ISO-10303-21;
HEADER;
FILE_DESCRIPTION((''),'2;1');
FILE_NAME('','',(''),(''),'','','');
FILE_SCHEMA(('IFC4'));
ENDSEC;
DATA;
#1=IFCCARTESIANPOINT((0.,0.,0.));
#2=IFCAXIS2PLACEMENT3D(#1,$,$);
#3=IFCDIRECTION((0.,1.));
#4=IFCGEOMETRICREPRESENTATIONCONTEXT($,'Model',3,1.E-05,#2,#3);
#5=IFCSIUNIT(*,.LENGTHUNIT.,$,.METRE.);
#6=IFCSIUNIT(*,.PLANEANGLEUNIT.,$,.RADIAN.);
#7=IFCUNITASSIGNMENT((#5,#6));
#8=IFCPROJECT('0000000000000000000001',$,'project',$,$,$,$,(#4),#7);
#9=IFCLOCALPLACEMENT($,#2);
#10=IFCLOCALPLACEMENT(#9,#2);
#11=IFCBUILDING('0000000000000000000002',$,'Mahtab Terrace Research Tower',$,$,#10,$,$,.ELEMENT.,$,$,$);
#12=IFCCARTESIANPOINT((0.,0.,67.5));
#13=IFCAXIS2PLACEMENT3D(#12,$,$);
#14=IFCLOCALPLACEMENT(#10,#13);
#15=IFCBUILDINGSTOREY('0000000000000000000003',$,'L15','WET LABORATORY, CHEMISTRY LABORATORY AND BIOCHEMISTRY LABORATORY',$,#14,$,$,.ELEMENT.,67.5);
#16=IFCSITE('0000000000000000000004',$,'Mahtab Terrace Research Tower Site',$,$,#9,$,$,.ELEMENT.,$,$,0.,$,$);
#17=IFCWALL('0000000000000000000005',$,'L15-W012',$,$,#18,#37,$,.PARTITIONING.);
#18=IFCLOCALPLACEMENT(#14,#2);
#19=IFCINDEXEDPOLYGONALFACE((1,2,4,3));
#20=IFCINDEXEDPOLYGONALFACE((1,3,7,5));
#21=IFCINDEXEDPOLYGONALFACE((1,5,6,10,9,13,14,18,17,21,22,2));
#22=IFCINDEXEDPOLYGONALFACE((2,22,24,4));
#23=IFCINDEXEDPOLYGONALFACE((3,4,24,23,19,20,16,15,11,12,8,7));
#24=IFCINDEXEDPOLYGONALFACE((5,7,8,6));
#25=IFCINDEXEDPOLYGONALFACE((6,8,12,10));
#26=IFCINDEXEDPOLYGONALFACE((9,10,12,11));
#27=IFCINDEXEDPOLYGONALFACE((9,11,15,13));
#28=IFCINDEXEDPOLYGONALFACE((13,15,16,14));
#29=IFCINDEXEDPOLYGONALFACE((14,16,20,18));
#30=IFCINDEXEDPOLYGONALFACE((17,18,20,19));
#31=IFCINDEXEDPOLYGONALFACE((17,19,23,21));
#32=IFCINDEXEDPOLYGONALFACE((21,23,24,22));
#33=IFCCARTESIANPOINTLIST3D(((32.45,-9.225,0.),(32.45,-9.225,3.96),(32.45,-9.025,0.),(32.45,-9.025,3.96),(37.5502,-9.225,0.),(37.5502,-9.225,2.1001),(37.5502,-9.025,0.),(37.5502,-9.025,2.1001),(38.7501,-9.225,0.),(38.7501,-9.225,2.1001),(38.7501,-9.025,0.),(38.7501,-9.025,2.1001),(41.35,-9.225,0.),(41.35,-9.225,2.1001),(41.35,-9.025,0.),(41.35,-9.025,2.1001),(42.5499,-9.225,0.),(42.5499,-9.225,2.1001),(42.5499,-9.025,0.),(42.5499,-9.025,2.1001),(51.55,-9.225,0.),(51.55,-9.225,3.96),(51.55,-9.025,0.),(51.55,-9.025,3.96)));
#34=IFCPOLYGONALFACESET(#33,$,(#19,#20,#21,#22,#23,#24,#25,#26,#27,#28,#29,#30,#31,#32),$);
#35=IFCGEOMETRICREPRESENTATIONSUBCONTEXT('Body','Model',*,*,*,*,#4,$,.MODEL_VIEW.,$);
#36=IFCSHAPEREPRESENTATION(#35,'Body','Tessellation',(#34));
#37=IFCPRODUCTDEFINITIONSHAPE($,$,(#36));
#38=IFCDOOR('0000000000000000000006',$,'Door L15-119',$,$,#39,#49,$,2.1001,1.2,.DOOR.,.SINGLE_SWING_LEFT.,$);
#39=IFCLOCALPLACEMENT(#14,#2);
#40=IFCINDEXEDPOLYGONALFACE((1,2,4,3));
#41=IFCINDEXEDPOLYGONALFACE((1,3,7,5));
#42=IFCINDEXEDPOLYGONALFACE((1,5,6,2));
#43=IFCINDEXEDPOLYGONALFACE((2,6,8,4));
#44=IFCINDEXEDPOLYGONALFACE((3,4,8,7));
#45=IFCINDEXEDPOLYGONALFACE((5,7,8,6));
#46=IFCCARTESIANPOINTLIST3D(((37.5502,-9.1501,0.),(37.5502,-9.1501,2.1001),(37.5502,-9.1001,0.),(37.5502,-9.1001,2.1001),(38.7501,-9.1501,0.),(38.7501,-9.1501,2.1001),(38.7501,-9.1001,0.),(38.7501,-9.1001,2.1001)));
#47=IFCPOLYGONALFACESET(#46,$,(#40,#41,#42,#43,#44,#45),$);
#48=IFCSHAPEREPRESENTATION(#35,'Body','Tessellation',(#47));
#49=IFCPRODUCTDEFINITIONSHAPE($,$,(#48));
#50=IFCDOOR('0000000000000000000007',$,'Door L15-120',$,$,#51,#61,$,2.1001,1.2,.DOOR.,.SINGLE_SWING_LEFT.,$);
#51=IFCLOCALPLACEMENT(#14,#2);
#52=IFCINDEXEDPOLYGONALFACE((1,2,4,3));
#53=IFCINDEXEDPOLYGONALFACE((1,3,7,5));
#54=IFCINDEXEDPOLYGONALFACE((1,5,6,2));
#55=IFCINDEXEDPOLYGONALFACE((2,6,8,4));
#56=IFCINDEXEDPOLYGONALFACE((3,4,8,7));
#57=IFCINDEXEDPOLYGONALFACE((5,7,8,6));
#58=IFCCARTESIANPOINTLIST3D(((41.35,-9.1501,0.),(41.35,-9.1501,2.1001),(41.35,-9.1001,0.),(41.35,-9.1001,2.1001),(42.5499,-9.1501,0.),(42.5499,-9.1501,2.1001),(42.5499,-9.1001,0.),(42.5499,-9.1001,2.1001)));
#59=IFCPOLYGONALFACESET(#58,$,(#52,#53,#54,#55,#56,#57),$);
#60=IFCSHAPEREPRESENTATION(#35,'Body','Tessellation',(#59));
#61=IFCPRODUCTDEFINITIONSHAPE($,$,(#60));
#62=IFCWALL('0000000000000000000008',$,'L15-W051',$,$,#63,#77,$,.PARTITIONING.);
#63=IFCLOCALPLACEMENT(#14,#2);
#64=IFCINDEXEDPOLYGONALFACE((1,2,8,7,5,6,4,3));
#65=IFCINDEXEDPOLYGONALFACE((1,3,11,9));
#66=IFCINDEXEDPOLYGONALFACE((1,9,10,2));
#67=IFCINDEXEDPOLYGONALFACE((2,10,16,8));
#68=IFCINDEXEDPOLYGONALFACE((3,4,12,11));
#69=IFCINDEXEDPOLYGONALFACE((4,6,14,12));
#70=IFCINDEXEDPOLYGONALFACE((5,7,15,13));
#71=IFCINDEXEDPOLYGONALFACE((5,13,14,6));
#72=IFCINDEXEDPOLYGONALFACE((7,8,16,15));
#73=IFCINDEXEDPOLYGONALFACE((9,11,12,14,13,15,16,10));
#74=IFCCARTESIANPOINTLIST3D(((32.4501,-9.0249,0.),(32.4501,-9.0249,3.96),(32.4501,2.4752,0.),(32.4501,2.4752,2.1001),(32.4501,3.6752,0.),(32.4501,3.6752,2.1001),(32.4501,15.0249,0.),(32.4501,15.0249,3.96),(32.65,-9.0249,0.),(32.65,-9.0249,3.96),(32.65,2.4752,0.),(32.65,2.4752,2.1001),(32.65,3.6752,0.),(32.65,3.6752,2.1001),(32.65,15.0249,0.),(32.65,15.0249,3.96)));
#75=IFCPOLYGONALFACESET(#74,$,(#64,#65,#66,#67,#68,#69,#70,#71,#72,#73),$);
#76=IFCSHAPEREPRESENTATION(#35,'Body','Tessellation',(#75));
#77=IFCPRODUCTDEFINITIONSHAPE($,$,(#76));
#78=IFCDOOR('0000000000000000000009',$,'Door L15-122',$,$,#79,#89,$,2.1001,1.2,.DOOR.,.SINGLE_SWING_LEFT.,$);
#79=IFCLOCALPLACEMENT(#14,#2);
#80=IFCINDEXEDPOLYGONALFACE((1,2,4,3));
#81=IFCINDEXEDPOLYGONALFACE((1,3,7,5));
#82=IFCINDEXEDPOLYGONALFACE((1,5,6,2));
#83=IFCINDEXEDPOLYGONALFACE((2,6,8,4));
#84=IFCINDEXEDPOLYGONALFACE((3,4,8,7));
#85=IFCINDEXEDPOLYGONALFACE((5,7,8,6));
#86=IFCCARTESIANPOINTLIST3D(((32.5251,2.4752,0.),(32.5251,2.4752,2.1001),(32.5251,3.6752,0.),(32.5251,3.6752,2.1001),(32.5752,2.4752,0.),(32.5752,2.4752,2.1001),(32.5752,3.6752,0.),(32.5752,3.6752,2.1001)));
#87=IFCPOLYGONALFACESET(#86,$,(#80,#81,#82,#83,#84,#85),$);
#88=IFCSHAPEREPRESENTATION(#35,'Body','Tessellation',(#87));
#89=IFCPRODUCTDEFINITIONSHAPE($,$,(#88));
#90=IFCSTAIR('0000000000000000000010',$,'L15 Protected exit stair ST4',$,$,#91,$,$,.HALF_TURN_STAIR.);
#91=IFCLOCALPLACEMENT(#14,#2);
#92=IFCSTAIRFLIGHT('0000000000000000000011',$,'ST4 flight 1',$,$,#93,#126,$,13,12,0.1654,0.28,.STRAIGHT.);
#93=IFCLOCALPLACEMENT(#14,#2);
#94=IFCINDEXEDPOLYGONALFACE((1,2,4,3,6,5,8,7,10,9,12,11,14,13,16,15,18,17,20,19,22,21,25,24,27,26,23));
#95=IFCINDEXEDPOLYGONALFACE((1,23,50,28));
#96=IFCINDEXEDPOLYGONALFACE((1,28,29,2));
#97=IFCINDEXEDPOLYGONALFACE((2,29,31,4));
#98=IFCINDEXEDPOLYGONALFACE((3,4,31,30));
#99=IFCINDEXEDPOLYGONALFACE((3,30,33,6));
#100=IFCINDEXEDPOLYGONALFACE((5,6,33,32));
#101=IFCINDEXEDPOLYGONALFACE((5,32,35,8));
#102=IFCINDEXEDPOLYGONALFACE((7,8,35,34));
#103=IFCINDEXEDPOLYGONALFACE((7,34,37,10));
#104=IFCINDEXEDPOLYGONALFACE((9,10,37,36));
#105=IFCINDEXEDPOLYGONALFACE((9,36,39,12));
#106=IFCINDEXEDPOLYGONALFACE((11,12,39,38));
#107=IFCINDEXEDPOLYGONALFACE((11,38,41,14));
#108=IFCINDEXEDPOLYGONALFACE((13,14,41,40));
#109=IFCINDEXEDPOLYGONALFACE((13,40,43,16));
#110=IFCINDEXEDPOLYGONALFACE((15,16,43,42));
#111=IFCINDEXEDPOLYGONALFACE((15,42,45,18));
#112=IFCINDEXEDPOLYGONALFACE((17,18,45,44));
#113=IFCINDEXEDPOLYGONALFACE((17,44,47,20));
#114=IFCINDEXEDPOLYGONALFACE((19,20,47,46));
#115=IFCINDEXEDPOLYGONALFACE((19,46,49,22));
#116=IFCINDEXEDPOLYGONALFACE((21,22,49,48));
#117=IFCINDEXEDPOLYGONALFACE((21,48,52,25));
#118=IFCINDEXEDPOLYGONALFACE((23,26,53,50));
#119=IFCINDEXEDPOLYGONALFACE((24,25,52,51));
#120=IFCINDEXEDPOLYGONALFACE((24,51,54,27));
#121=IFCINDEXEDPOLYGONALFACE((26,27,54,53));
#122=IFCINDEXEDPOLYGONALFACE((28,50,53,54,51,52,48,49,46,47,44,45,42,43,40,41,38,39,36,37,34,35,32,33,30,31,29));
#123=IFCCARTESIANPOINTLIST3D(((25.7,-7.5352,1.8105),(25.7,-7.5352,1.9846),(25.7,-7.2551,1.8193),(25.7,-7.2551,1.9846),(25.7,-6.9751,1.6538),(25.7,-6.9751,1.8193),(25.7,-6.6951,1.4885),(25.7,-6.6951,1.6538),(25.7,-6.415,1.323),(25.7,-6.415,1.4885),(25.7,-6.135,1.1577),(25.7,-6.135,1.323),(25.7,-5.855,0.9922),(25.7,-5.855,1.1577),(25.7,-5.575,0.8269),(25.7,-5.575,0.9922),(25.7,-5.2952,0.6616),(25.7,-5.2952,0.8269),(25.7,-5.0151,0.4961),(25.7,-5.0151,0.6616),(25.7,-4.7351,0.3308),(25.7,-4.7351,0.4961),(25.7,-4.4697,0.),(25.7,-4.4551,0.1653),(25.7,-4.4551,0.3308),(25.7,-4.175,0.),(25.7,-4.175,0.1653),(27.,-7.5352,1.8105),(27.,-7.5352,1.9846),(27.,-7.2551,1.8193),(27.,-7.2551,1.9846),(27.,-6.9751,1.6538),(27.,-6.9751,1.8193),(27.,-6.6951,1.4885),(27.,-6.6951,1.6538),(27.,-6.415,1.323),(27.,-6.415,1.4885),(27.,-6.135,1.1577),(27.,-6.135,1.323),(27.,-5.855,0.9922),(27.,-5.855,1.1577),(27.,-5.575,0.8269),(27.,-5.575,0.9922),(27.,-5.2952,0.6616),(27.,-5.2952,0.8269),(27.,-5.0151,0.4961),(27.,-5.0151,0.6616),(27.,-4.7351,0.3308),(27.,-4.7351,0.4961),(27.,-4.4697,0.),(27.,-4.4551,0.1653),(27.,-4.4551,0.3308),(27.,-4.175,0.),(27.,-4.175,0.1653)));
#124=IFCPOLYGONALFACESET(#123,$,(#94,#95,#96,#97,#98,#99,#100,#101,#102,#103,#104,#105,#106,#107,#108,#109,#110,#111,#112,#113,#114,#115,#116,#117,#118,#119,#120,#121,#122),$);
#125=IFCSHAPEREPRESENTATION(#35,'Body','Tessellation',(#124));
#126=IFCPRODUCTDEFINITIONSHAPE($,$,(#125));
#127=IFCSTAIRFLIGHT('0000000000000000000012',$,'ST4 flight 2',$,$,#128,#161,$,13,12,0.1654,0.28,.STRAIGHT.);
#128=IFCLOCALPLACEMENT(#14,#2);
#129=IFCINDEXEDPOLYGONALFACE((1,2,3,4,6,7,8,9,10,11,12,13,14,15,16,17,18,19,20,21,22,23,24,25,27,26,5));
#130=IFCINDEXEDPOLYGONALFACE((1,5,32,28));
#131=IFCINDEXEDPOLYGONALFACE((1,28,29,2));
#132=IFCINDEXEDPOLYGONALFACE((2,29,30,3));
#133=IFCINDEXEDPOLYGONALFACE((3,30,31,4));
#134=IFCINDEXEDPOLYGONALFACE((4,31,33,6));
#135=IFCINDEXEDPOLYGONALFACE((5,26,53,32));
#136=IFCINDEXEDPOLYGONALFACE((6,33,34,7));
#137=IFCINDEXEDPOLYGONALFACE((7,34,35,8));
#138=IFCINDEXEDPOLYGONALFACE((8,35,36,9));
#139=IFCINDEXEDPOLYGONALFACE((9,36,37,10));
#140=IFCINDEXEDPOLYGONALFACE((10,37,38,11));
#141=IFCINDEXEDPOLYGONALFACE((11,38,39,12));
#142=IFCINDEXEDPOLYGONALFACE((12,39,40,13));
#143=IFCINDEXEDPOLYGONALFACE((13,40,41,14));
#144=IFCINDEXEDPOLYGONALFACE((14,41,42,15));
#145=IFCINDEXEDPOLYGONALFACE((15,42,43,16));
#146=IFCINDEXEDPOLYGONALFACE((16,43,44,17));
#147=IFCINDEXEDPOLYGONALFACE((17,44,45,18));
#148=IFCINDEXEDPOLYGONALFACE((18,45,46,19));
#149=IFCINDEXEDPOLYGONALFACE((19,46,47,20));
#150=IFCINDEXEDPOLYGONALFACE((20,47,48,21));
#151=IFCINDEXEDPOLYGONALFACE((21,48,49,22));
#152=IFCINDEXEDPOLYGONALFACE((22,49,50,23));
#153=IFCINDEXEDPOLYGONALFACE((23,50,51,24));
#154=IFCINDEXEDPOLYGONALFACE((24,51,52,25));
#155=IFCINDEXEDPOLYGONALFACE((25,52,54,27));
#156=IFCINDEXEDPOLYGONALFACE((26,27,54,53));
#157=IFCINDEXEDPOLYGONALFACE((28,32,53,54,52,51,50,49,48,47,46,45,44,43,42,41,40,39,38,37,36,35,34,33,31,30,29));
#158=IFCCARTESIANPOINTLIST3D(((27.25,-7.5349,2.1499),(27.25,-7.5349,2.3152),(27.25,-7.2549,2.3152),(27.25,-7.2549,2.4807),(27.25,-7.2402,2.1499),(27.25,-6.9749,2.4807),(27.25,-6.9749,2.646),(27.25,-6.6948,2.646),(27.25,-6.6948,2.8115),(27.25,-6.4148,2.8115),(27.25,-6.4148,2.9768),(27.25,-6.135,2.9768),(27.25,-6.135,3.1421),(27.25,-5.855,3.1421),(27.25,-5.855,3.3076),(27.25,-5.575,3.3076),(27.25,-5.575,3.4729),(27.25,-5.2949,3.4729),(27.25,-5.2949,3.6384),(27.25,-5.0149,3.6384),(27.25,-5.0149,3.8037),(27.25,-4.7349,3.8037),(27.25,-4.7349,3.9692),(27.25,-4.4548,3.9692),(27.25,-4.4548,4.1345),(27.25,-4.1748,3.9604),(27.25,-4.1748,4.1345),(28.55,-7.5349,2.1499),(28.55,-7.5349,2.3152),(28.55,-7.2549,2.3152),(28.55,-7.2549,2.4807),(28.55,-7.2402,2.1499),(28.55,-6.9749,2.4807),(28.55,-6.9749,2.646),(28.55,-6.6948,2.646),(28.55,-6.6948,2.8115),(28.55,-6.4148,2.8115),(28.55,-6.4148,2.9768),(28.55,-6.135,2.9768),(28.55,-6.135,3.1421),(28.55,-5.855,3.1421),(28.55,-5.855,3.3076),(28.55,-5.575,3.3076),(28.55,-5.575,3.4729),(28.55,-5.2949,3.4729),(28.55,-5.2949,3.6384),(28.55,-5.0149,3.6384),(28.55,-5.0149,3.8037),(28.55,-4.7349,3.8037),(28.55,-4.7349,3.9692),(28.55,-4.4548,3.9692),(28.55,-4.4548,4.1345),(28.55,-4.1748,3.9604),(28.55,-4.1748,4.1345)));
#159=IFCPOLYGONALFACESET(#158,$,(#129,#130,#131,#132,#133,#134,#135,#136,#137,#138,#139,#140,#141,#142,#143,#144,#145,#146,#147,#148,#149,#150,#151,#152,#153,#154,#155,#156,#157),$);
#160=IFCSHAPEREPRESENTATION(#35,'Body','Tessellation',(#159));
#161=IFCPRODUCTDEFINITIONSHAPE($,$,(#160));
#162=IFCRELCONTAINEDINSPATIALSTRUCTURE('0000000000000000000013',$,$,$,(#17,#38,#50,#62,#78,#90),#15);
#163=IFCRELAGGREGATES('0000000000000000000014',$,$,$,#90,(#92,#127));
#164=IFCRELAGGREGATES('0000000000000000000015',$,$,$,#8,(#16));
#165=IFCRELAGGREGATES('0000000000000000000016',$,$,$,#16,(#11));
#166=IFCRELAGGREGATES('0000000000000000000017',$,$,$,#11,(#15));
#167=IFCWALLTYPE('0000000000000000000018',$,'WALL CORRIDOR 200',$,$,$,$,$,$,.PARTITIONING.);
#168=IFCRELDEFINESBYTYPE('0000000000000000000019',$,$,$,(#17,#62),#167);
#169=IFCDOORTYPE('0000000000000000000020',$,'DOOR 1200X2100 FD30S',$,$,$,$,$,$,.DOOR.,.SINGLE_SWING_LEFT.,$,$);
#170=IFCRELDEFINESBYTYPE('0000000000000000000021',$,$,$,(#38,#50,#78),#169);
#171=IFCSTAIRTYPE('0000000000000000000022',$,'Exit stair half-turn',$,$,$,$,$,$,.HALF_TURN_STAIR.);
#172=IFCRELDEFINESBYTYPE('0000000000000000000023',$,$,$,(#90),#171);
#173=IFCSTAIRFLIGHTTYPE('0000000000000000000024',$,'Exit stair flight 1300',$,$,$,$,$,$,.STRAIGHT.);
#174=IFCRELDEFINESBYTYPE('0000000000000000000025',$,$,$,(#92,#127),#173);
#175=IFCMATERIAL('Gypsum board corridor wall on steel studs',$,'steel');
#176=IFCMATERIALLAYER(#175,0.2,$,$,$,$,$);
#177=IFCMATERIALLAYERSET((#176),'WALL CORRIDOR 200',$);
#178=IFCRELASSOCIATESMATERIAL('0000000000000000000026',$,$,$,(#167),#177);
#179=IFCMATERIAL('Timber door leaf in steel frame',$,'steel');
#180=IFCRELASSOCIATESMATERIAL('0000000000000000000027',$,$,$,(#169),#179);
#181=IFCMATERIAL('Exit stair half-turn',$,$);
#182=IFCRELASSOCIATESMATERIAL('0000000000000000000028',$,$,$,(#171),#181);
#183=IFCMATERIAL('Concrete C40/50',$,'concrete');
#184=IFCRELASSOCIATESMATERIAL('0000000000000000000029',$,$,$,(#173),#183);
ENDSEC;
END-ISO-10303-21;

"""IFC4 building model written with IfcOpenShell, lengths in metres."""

from ifc_helpers import new_model, si_unit, direction, frame, frame_2d, origin, place, context, subcontext, project, spatial, polyline, rectangle, outline, extrude, material, layer, layer_set, type_object, element, fill, aggregate, save


model = new_model("IFC4")

# Units and contexts
model_context = context("Model", 3, precision=1e-05, world=origin(), true_north=direction((0.0, 1.0)))
body_context = subcontext(model_context, "Body", "Model", "MODEL_VIEW")
ifc_project = project(units=[si_unit("LENGTHUNIT", "METRE"), si_unit("PLANEANGLEUNIT", "RADIAN")], contexts=[model_context])

# Site, building, storey
site_placement = place(None, origin())
site = spatial("IfcSite", under=ifc_project, at=site_placement, Name="Mahtab Terrace Research Tower Site", CompositionType="ELEMENT", RefElevation=0.0)
building_placement = place(site_placement, origin())
building = spatial("IfcBuilding", under=site, at=building_placement, Name="Mahtab Terrace Research Tower", CompositionType="ELEMENT")
storey_placement = place(building_placement, frame((0.0, 0.0, 67.5)))
storey = spatial("IfcBuildingStorey", under=building, at=storey_placement, Name="L15", Description="WET LABORATORY, CHEMISTRY LABORATORY AND BIOCHEMISTRY LABORATORY", CompositionType="ELEMENT", Elevation=67.5)

# Wall, openings, doors
ifc_material_1 = material(Name="Gypsum board corridor wall on steel studs", Category="steel")
ifc_layer_1 = layer(ifc_material_1, 0.2)
ifc_layer_set_1 = layer_set([ifc_layer_1], Name="WALL CORRIDOR 200")
wall_type_1 = type_object("IfcWallType", Name="WALL CORRIDOR 200", PredefinedType="PARTITIONING", material=ifc_layer_set_1)
ifc_material_2 = material(Name="Timber door leaf in steel frame", Category="steel")
door_type_1 = type_object("IfcDoorType", Name="DOOR 1200X2100 FD30S", OperationType="SINGLE_SWING_LEFT", PredefinedType="DOOR", material=ifc_material_2)
wall_1_placement = place(storey_placement, frame((32.45, -9.125, 0.0), z_axis=(0.0, 0.0, 1.0), x_axis=(1.0, 0.0, 0.0)))
wall_1 = element("IfcWall", 1, at=wall_1_placement, inside=storey, type_object=wall_type_1, Name="L15-W012", PredefinedType="PARTITIONING", context=body_context, shape_type="SweptSolid", body=[
    extrude(rectangle(XDim=19.1001, YDim=0.2, at=frame_2d((9.55, 0.0))), origin(), (0.0, 0.0, 1.0), 3.96),
])
opening_1_placement = place(wall_1_placement, frame((5.1001, 0.0, 0.0)))
opening_1 = element("IfcOpeningElement", 2, at=opening_1_placement, cuts=wall_1, PredefinedType="OPENING", context=body_context, shape_type="SweptSolid", body=[
    extrude(rectangle(XDim=1.2, YDim=2.1001, at=frame_2d((0.6001, 1.05))), frame((0.0, 0.1099, 0.0), z_axis=(0.0, -1.0, 0.0), x_axis=(1.0, 0.0, 0.0)), (0.0, 0.0, 1.0), 0.22),
])
opening_2_placement = place(wall_1_placement, frame((8.8999, 0.0, 0.0)))
opening_2 = element("IfcOpeningElement", 3, at=opening_2_placement, cuts=wall_1, PredefinedType="OPENING", context=body_context, shape_type="SweptSolid", body=[
    extrude(rectangle(XDim=1.2, YDim=2.1001, at=frame_2d((0.6001, 1.05))), frame((0.0, 0.1099, 0.0), z_axis=(0.0, -1.0, 0.0), x_axis=(1.0, 0.0, 0.0)), (0.0, 0.0, 1.0), 0.22),
])
door_1_placement = place(opening_1_placement, origin())
door_1 = element("IfcDoor", 4, at=door_1_placement, inside=storey, type_object=door_type_1, Name="Door L15-119", OperationType="SINGLE_SWING_LEFT", OverallHeight=2.1001, OverallWidth=1.2, PredefinedType="DOOR", context=body_context, shape_type="SweptSolid", body=[
    extrude(rectangle(XDim=1.2, YDim=2.1001, at=frame_2d((0.6001, 1.05))), frame((0.0, 0.0249, 0.0), z_axis=(0.0, -1.0, 0.0), x_axis=(1.0, 0.0, 0.0)), (0.0, 0.0, 1.0), 0.05),
])
fill(opening_1, door_1)
door_2_placement = place(opening_2_placement, origin())
door_2 = element("IfcDoor", 5, at=door_2_placement, inside=storey, type_object=door_type_1, Name="Door L15-120", OperationType="SINGLE_SWING_LEFT", OverallHeight=2.1001, OverallWidth=1.2, PredefinedType="DOOR", context=body_context, shape_type="SweptSolid", body=[
    extrude(rectangle(XDim=1.2, YDim=2.1001, at=frame_2d((0.6001, 1.05))), frame((0.0, 0.0249, 0.0), z_axis=(0.0, -1.0, 0.0), x_axis=(1.0, 0.0, 0.0)), (0.0, 0.0, 1.0), 0.05),
])
fill(opening_2, door_2)

# Wall, opening, door
wall_2_placement = place(storey_placement, frame((32.55, -9.0249, 0.0), z_axis=(0.0, 0.0, 1.0), x_axis=(0.0, 1.0, 0.0)))
wall_2 = element("IfcWall", 6, at=wall_2_placement, inside=storey, type_object=wall_type_1, Name="L15-W051", PredefinedType="PARTITIONING", context=body_context, shape_type="SweptSolid", body=[
    extrude(rectangle(XDim=24.0498, YDim=0.2, at=frame_2d((12.0249, 0.0))), origin(), (0.0, 0.0, 1.0), 3.96),
])
opening_3_placement = place(wall_2_placement, frame((11.5, 0.0, 0.0)))
opening_3 = element("IfcOpeningElement", 7, at=opening_3_placement, cuts=wall_2, PredefinedType="OPENING", context=body_context, shape_type="SweptSolid", body=[
    extrude(rectangle(XDim=1.2, YDim=2.1001, at=frame_2d((0.6001, 1.05))), frame((0.0, 0.1099, 0.0), z_axis=(0.0, -1.0, 0.0), x_axis=(1.0, 0.0, 0.0)), (0.0, 0.0, 1.0), 0.22),
])
door_3_placement = place(opening_3_placement, origin())
door_3 = element("IfcDoor", 8, at=door_3_placement, inside=storey, type_object=door_type_1, Name="Door L15-122", OperationType="SINGLE_SWING_LEFT", OverallHeight=2.1001, OverallWidth=1.2, PredefinedType="DOOR", context=body_context, shape_type="SweptSolid", body=[
    extrude(rectangle(XDim=1.2, YDim=2.1001, at=frame_2d((0.6001, 1.05))), frame((0.0, 0.0249, 0.0), z_axis=(0.0, -1.0, 0.0), x_axis=(1.0, 0.0, 0.0)), (0.0, 0.0, 1.0), 0.05),
])
fill(opening_3, door_3)

# Stair, stair flights
ifc_material_3 = material(Name="Exit stair half-turn")
stair_type = type_object("IfcStairType", Name="Exit stair half-turn", PredefinedType="HALF_TURN_STAIR", material=ifc_material_3)
stair_placement = place(storey_placement, origin())
stair = element("IfcStair", 9, at=stair_placement, inside=storey, type_object=stair_type, Name="L15 Protected exit stair ST4", PredefinedType="HALF_TURN_STAIR")
ifc_material_4 = material(Name="Concrete C40/50", Category="concrete")
stair_flight_type = type_object("IfcStairFlightType", Name="Exit stair flight 1300", PredefinedType="STRAIGHT", material=ifc_material_4)
stair_flight_1_placement = place(storey_placement, frame((26.3501, -4.175, 0.0), z_axis=(0.0, 0.0, 1.0), x_axis=(0.0, -1.0, 0.0)))
stair_flight_1 = element("IfcStairFlight", 10, at=stair_flight_1_placement, type_object=stair_flight_type, Name="ST4 flight 1", NumberOfRisers=13, NumberOfTreads=12, PredefinedType="STRAIGHT", RiserHeight=0.1654, TreadLength=0.28, context=body_context, shape_type="SweptSolid", body=[
    extrude(outline(polyline([(0.0, 0.0), (0.0, 0.1653), (0.28, 0.1653), (0.28, 0.3308), (0.5601, 0.3308), (0.5601, 0.4961), (0.8401, 0.4961), (0.8401, 0.6616), (1.1201, 0.6616), (1.1201, 0.8269), (1.3999, 0.8269), (1.3999, 0.9922), (1.6799, 0.9922), (1.6799, 1.1577), (1.96, 1.1577), (1.96, 1.323), (2.24, 1.323), (2.24, 1.4885), (2.52, 1.4885), (2.52, 1.6538), (2.8, 1.6538), (2.8, 1.8193), (3.0801, 1.8193), (3.0801, 1.9846), (3.3601, 1.9846), (3.3601, 2.1499), (3.3601, 1.8105), (0.2947, 0.0), (0.0, 0.0)])), frame((0.0, 0.6499, 0.0), z_axis=(0.0, -1.0, 0.0), x_axis=(1.0, 0.0, 0.0)), (0.0, 0.0, 1.0), 1.3),
])
stair_flight_2_placement = place(storey_placement, frame((27.8999, -7.5349, 2.1499), z_axis=(0.0, 0.0, 1.0), x_axis=(0.0, 1.0, 0.0)))
stair_flight_2 = element("IfcStairFlight", 11, at=stair_flight_2_placement, type_object=stair_flight_type, Name="ST4 flight 2", NumberOfRisers=13, NumberOfTreads=12, PredefinedType="STRAIGHT", RiserHeight=0.1654, TreadLength=0.28, context=body_context, shape_type="SweptSolid", body=[
    extrude(outline(polyline([(0.0, 0.0), (0.0, 0.1653), (0.28, 0.1653), (0.28, 0.3308), (0.5601, 0.3308), (0.5601, 0.4961), (0.8401, 0.4961), (0.8401, 0.6616), (1.1201, 0.6616), (1.1201, 0.8269), (1.3999, 0.8269), (1.3999, 0.9922), (1.6799, 0.9922), (1.6799, 1.1577), (1.96, 1.1577), (1.96, 1.323), (2.24, 1.323), (2.24, 1.4885), (2.52, 1.4885), (2.52, 1.6538), (2.8, 1.6538), (2.8, 1.8193), (3.0801, 1.8193), (3.0801, 1.9846), (3.3601, 1.9846), (3.3601, 2.1499), (3.3601, 1.8105), (0.2947, 0.0), (0.0, 0.0)])), frame((0.0, 0.6499, 0.0), z_axis=(0.0, -1.0, 0.0), x_axis=(1.0, 0.0, 0.0)), (0.0, 0.0, 1.0), 1.3),
])
aggregate(stair, [stair_flight_1, stair_flight_2])

save(model, "model.ifc")
